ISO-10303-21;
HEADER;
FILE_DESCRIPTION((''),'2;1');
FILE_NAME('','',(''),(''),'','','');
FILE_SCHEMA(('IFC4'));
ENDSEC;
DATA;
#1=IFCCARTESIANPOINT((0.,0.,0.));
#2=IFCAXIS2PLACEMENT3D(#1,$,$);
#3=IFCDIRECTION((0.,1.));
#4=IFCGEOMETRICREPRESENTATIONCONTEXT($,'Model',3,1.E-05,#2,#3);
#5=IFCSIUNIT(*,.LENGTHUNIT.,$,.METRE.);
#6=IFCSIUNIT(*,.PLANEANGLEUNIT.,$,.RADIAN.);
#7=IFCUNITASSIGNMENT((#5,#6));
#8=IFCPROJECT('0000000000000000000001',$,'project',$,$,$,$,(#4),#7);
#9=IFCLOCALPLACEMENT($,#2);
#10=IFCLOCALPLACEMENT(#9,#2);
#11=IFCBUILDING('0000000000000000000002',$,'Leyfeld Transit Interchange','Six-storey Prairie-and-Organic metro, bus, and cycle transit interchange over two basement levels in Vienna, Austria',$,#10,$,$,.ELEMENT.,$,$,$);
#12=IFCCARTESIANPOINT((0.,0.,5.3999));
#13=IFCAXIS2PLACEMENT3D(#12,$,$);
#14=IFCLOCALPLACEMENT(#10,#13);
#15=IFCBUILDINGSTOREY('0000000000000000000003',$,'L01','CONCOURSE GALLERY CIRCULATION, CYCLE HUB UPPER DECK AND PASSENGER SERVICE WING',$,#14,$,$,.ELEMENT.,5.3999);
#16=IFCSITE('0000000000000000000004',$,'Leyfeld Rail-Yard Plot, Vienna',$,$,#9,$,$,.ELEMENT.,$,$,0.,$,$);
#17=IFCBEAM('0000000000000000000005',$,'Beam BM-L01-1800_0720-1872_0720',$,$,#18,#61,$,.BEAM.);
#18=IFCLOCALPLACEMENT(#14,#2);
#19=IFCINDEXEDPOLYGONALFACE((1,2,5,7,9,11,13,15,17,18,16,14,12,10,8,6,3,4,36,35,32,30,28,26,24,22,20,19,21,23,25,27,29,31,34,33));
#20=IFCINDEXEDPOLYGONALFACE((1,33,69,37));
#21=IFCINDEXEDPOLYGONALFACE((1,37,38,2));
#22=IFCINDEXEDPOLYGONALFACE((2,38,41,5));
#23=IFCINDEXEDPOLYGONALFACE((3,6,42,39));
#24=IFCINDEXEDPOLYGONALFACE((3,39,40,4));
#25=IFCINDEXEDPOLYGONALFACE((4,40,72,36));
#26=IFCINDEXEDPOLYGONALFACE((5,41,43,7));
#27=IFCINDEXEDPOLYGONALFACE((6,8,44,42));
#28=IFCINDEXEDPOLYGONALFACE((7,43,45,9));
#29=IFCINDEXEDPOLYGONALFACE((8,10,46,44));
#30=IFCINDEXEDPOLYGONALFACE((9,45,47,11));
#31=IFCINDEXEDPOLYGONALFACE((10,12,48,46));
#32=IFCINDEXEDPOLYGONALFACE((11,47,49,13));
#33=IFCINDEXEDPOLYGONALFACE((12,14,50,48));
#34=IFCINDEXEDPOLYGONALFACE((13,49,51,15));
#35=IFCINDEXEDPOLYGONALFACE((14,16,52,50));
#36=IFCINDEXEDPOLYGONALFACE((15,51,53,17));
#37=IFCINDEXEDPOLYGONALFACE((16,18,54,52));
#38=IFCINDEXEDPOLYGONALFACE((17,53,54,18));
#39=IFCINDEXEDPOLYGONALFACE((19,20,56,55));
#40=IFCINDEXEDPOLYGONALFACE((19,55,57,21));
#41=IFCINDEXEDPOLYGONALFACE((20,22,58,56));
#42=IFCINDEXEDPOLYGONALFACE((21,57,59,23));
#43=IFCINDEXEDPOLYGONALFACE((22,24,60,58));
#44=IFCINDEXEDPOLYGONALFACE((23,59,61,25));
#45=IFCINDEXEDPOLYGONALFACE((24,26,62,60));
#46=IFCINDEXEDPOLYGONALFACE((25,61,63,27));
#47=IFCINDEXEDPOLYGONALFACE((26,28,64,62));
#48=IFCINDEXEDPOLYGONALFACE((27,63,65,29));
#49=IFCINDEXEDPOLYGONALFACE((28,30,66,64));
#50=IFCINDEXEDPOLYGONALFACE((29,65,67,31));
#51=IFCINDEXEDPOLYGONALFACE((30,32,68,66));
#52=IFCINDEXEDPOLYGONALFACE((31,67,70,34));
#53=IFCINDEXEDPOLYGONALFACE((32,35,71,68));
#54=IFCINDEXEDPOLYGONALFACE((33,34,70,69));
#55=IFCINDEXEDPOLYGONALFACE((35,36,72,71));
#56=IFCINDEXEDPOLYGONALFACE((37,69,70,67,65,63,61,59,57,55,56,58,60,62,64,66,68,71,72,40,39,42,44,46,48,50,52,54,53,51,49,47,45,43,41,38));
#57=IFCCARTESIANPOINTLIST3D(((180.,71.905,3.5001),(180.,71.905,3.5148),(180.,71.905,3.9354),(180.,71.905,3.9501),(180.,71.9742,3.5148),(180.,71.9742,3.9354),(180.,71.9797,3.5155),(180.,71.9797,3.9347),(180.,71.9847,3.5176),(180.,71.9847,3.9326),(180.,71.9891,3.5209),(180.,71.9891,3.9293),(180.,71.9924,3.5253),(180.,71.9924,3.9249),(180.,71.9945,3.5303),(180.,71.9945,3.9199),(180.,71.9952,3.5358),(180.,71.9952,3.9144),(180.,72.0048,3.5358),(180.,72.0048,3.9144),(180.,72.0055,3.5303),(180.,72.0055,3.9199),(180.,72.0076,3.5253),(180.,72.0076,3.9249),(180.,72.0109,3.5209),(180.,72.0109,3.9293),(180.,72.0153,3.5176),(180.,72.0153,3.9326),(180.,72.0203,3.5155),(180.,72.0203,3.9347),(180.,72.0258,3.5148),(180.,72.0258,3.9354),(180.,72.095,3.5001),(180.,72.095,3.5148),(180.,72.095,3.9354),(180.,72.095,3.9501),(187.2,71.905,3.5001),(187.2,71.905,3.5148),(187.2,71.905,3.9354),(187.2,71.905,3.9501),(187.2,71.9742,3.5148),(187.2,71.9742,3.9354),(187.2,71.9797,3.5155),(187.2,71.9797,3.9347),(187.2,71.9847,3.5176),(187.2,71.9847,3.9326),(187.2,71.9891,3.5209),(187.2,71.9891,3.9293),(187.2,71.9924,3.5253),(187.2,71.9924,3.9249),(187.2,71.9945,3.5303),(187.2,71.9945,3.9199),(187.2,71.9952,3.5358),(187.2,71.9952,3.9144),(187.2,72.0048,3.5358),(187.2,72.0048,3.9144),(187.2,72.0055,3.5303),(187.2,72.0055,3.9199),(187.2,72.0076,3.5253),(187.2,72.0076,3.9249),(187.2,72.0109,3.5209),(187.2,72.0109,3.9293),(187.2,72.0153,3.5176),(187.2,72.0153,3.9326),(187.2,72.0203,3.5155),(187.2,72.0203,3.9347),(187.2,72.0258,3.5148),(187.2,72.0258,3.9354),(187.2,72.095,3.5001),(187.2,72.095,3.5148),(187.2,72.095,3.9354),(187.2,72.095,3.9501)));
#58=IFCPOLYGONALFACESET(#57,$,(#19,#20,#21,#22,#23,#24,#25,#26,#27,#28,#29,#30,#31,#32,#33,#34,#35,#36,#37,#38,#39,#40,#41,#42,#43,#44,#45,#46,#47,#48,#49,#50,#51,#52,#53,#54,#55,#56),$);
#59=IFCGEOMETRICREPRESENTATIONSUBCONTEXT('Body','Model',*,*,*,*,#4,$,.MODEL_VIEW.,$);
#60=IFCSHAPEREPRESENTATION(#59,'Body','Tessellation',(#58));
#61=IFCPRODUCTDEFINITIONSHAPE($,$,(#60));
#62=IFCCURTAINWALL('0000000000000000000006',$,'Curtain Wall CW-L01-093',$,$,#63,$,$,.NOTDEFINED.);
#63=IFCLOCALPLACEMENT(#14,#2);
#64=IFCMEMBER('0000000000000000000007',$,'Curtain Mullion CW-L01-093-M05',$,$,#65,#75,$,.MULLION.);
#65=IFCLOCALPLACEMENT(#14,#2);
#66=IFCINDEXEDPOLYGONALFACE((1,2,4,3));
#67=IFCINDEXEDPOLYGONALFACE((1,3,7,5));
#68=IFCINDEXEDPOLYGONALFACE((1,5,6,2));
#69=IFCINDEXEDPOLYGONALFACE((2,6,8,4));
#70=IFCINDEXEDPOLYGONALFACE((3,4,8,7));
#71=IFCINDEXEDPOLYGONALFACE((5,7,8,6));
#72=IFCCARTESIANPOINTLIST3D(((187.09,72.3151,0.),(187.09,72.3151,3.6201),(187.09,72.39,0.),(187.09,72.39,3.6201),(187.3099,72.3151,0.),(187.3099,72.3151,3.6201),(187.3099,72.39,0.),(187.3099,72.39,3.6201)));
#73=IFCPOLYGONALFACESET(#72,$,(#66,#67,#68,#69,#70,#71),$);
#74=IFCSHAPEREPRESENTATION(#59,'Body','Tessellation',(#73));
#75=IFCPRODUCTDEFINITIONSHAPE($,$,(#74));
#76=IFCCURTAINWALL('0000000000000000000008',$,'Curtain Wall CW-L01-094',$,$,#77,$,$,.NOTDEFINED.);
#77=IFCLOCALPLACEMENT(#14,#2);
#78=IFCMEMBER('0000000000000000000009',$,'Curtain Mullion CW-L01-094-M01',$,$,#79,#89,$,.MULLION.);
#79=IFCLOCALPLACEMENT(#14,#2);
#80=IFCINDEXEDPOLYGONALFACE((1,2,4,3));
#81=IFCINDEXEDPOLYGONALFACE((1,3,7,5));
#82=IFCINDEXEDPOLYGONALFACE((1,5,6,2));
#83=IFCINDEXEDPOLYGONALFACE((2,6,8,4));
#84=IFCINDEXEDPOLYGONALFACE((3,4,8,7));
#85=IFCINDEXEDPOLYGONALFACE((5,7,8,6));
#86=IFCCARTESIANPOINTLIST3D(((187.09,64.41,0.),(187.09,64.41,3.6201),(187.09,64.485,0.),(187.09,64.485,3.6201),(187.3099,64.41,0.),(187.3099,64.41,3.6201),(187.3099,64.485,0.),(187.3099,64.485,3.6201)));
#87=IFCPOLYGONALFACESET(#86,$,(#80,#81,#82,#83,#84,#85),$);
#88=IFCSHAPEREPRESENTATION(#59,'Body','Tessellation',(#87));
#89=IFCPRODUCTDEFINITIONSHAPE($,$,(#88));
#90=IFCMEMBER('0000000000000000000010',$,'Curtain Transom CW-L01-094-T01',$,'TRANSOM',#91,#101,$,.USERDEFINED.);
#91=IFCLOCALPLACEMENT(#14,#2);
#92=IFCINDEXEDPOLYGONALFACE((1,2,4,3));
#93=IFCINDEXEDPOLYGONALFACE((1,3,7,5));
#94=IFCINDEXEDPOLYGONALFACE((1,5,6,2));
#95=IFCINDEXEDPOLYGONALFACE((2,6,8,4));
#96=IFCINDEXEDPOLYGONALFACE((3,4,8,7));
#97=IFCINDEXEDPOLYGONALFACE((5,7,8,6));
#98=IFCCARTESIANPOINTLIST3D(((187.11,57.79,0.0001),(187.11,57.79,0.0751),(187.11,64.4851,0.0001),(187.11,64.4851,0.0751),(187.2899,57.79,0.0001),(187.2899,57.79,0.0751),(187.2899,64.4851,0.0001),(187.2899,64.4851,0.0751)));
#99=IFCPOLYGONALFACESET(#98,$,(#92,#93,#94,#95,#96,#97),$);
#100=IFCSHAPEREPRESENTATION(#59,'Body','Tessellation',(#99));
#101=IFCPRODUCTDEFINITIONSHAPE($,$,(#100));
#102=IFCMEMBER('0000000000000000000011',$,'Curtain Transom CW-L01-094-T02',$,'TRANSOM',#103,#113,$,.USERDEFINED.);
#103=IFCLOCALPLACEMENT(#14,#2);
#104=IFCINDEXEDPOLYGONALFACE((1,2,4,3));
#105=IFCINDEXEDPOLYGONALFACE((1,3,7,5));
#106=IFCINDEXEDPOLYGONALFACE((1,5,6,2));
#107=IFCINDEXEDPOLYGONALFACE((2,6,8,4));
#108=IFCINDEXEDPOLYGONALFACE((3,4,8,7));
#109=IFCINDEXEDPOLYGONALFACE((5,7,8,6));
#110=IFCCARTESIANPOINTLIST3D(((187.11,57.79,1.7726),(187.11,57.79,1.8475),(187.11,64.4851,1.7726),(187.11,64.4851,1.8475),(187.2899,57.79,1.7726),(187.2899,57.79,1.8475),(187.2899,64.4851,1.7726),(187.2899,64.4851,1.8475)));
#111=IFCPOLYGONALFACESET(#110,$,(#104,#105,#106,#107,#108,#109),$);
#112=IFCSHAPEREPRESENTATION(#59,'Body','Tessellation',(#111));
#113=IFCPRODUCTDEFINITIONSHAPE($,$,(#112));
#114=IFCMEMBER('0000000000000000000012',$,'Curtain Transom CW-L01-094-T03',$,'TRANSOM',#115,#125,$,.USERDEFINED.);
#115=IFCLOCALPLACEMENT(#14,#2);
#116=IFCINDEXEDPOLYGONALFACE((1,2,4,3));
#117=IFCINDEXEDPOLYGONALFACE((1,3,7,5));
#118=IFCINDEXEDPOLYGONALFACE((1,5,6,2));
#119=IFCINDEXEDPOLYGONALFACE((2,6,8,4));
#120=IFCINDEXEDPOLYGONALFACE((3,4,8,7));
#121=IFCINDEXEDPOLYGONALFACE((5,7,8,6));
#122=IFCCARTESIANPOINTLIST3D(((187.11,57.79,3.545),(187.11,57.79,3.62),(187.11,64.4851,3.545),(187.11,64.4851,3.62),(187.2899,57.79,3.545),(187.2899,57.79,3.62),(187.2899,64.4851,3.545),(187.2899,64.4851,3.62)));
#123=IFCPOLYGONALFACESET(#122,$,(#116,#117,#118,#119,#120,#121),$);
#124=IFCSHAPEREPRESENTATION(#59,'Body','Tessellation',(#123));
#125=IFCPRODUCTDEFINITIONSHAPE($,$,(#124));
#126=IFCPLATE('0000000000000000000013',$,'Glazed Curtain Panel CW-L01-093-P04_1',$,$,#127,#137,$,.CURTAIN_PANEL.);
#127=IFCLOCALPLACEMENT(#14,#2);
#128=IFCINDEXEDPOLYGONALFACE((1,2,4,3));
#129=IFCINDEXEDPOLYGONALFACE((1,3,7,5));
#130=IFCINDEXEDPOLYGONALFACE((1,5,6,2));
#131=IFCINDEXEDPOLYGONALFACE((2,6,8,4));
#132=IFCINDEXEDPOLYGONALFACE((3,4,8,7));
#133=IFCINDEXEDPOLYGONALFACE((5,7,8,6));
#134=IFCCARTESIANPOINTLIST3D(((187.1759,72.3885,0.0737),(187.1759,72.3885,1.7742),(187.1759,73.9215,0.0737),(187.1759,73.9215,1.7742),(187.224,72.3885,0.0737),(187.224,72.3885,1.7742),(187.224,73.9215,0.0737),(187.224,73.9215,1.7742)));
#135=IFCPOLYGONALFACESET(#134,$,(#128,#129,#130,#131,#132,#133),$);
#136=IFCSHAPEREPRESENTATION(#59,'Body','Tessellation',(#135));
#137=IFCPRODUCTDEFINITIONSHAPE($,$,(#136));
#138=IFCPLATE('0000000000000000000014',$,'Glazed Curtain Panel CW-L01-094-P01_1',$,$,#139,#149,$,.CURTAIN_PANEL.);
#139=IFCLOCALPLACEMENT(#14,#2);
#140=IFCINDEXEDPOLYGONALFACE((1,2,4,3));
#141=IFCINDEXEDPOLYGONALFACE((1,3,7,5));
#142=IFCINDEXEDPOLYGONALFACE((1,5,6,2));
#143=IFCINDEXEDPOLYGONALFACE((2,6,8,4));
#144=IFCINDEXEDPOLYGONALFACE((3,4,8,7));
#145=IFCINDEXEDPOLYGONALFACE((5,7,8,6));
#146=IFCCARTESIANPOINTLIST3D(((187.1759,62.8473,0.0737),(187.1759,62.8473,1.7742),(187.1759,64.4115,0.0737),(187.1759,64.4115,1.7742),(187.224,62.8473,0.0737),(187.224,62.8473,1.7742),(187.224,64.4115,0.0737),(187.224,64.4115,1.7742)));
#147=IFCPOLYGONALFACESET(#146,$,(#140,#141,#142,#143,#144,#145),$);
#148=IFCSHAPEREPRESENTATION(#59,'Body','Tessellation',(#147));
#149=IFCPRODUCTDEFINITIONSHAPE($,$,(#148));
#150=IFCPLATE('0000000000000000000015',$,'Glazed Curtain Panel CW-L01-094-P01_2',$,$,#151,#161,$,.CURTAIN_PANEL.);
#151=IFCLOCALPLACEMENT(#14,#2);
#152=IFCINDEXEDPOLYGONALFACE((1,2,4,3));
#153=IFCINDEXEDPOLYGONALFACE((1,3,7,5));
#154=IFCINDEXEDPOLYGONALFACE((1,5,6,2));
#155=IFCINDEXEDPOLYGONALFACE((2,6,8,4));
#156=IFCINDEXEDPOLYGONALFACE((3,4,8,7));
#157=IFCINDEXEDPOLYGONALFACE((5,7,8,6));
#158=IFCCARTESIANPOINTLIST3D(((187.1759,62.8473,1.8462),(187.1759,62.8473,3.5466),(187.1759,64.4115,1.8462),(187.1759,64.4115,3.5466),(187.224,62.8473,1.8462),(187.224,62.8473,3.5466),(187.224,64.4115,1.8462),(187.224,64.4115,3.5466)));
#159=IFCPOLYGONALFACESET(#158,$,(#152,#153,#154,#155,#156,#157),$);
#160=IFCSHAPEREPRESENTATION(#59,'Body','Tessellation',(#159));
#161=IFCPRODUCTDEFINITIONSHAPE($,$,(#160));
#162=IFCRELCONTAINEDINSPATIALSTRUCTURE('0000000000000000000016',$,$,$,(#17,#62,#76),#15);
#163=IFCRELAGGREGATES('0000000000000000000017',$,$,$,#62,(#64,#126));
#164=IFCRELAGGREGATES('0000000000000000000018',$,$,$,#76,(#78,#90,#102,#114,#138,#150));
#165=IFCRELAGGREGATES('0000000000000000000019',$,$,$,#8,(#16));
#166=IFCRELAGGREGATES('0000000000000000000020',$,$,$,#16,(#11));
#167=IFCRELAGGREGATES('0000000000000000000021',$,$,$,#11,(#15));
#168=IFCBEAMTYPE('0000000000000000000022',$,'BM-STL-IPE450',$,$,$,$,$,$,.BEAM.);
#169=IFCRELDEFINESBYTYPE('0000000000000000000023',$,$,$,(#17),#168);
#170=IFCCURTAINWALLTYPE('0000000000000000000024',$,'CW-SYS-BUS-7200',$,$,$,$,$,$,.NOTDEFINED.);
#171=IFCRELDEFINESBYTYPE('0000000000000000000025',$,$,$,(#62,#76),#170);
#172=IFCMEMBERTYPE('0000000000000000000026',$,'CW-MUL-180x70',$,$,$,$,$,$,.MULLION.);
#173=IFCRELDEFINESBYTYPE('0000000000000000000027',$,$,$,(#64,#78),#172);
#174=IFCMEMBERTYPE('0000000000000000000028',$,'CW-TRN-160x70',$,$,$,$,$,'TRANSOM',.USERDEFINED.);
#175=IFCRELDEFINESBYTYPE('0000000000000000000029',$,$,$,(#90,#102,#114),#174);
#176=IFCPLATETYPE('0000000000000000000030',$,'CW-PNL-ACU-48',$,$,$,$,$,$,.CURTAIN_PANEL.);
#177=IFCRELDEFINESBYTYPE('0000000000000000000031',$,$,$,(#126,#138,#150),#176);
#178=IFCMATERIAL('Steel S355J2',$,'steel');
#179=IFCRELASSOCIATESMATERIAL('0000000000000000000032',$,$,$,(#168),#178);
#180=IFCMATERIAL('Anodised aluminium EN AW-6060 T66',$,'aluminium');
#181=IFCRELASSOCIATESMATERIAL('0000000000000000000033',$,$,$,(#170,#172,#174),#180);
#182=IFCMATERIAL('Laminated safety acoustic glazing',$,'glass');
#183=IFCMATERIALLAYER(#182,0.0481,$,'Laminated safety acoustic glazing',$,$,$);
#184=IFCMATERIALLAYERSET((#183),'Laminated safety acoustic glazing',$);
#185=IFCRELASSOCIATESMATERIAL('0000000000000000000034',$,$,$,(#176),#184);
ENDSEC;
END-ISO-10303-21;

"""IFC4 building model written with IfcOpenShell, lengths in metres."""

from ifc_helpers import new_model, si_unit, direction, frame, origin, origin_2d, place, context, subcontext, project, spatial, rectangle, i_section, extrude, material, layer, layer_set, material_profile, profile_set, type_object, element, aggregate, save


model = new_model("IFC4")

# Units and contexts
model_context = context("Model", 3, precision=1e-05, world=origin(), true_north=direction((0.0, 1.0)))
body_context = subcontext(model_context, "Body", "Model", "MODEL_VIEW")
ifc_project = project(units=[si_unit("LENGTHUNIT", "METRE"), si_unit("PLANEANGLEUNIT", "RADIAN")], contexts=[model_context])

# Site, building, storey
site_placement = place(None, origin())
site = spatial("IfcSite", under=ifc_project, at=site_placement, Name="Leyfeld Rail-Yard Plot, Vienna", CompositionType="ELEMENT", RefElevation=0.0)
building_placement = place(site_placement, origin())
building = spatial("IfcBuilding", under=site, at=building_placement, Name="Leyfeld Transit Interchange", Description="Six-storey Prairie-and-Organic metro, bus, and cycle transit interchange over two basement levels in Vienna, Austria", CompositionType="ELEMENT")
storey_placement = place(building_placement, frame((0.0, 0.0, 5.3999)))
storey = spatial("IfcBuildingStorey", under=building, at=storey_placement, Name="L01", Description="CONCOURSE GALLERY CIRCULATION, CYCLE HUB UPPER DECK AND PASSENGER SERVICE WING", CompositionType="ELEMENT", Elevation=5.3999)

# Beam
ifc_material_1 = material(Name="Steel S355J2", Category="steel")
ifc_material_profile_1 = material_profile(ifc_material_1, i_section(OverallWidth=0.1899, OverallDepth=0.45, WebThickness=0.0095, FlangeThickness=0.0146, FilletRadius=0.021, at=origin_2d()), Name="IPE 450")
ifc_profile_set_1 = profile_set([ifc_material_profile_1], Name="Steel S355J2")
beam_type_1 = type_object("IfcBeamType", Name="BM-STL-IPE450", PredefinedType="BEAM", material=ifc_profile_set_1)
for number, where, z_axis, x_axis, name in (
    (1, (180.0, 72.0, 3.7251), (1.0, 0.0, 0.0), (0.0, 1.0, 0.0), "Beam BM-L01-1800_0720-1872_0720"),
):
    element("IfcBeam", number, at=place(storey_placement, frame(where, z_axis=z_axis, x_axis=x_axis)), inside=storey, type_object=beam_type_1, Name=name, PredefinedType="BEAM", context=body_context, shape_type="SweptSolid", body=[
        extrude(i_section(OverallWidth=0.1899, OverallDepth=0.45, WebThickness=0.0095, FlangeThickness=0.0146, FilletRadius=0.021, at=origin_2d()), origin(), (0.0, 0.0, 1.0), 7.2),
    ])

# Curtain wall, member
ifc_material_2 = material(Name="Anodised aluminium EN AW-6060 T66", Category="aluminium")
curtain_wall_type = type_object("IfcCurtainWallType", Name="CW-SYS-BUS-7200", PredefinedType="NOTDEFINED", material=ifc_material_2)
curtain_wall_1_placement = place(storey_placement, origin())
curtain_wall_1 = element("IfcCurtainWall", 2, at=curtain_wall_1_placement, inside=storey, type_object=curtain_wall_type, Name="Curtain Wall CW-L01-093", PredefinedType="NOTDEFINED")
ifc_material_profile_2 = material_profile(ifc_material_2, rectangle(XDim=0.075, YDim=0.22, at=origin_2d()), Name="CW-M 75x220")
ifc_profile_set_2 = profile_set([ifc_material_profile_2], Name="Anodised aluminium EN AW-6060 T66")
member_type_1 = type_object("IfcMemberType", Name="CW-MUL-180x70", PredefinedType="MULLION", material=ifc_profile_set_2)
member_1_placement = place(storey_placement, frame((187.2, 72.3525, 0.0), z_axis=(0.0, 0.0, 1.0), x_axis=(0.0, -1.0, 0.0)))
member_1 = element("IfcMember", 3, at=member_1_placement, type_object=member_type_1, Name="Curtain Mullion CW-L01-093-M05", PredefinedType="MULLION", context=body_context, shape_type="SweptSolid", body=[
    extrude(rectangle(XDim=0.075, YDim=0.22, at=origin_2d()), origin(), (0.0, 0.0, 1.0), 3.6201),
])

# Curtain wall, members
curtain_wall_2_placement = place(storey_placement, origin())
curtain_wall_2 = element("IfcCurtainWall", 4, at=curtain_wall_2_placement, inside=storey, type_object=curtain_wall_type, Name="Curtain Wall CW-L01-094", PredefinedType="NOTDEFINED")
member_2_placement = place(storey_placement, frame((187.2, 64.4475, 0.0), z_axis=(0.0, 0.0, 1.0), x_axis=(0.0, -1.0, 0.0)))
member_2 = element("IfcMember", 5, at=member_2_placement, type_object=member_type_1, Name="Curtain Mullion CW-L01-094-M01", PredefinedType="MULLION", context=body_context, shape_type="SweptSolid", body=[
    extrude(rectangle(XDim=0.075, YDim=0.22, at=origin_2d()), origin(), (0.0, 0.0, 1.0), 3.6201),
])
ifc_material_profile_3 = material_profile(ifc_material_2, rectangle(XDim=0.1799, YDim=0.075, at=origin_2d()), Name="CW-TRN-160x70")
ifc_profile_set_3 = profile_set([ifc_material_profile_3], Name="Anodised aluminium EN AW-6060 T66")
member_type_2 = type_object("IfcMemberType", Name="CW-TRN-160x70", ElementType="TRANSOM", PredefinedType="USERDEFINED", material=ifc_profile_set_3)
member_3_placement = place(storey_placement, frame((187.2, 64.4851, 0.0376), z_axis=(0.0, -1.0, 0.0), x_axis=(1.0, 0.0, 0.0)))
member_3 = element("IfcMember", 6, at=member_3_placement, type_object=member_type_2, Name="Curtain Transom CW-L01-094-T01", ObjectType="TRANSOM", PredefinedType="USERDEFINED", context=body_context, shape_type="SweptSolid", body=[
    extrude(rectangle(XDim=0.1799, YDim=0.075, at=origin_2d()), origin(), (0.0, 0.0, 1.0), 6.6951),
])
member_4_placement = place(storey_placement, frame((187.2, 64.4851, 1.8101), z_axis=(0.0, -1.0, 0.0), x_axis=(1.0, 0.0, 0.0)))
member_4 = element("IfcMember", 7, at=member_4_placement, type_object=member_type_2, Name="Curtain Transom CW-L01-094-T02", ObjectType="TRANSOM", PredefinedType="USERDEFINED", context=body_context, shape_type="SweptSolid", body=[
    extrude(rectangle(XDim=0.1799, YDim=0.075, at=origin_2d()), origin(), (0.0, 0.0, 1.0), 6.6951),
])
member_5_placement = place(storey_placement, frame((187.2, 64.4851, 3.5825), z_axis=(0.0, -1.0, 0.0), x_axis=(1.0, 0.0, 0.0)))
member_5 = element("IfcMember", 8, at=member_5_placement, type_object=member_type_2, Name="Curtain Transom CW-L01-094-T03", ObjectType="TRANSOM", PredefinedType="USERDEFINED", context=body_context, shape_type="SweptSolid", body=[
    extrude(rectangle(XDim=0.1799, YDim=0.075, at=origin_2d()), origin(), (0.0, 0.0, 1.0), 6.6951),
])

# Plates
ifc_material_3 = material(Name="Laminated safety acoustic glazing", Category="glass")
ifc_layer_1 = layer(ifc_material_3, 0.0481, Name="Laminated safety acoustic glazing")
ifc_layer_set_1 = layer_set([ifc_layer_1], Name="Laminated safety acoustic glazing")
plate_type = type_object("IfcPlateType", Name="CW-PNL-ACU-48", PredefinedType="CURTAIN_PANEL", material=ifc_layer_set_1)
plate_1_placement = place(storey_placement, frame((187.2, 73.155, 0.0737), z_axis=(0.0, 0.0, 1.0), x_axis=(0.0, -1.0, 0.0)))
plate_1 = element("IfcPlate", 9, at=plate_1_placement, type_object=plate_type, Name="Glazed Curtain Panel CW-L01-093-P04_1", PredefinedType="CURTAIN_PANEL", context=body_context, shape_type="SweptSolid", body=[
    extrude(rectangle(XDim=1.533, YDim=0.0481, at=origin_2d()), origin(), (0.0, 0.0, 1.0), 1.7004),
])
aggregate(curtain_wall_1, [member_1, plate_1])
plate_2_placement = place(storey_placement, frame((187.2, 63.6294, 0.0737), z_axis=(0.0, 0.0, 1.0), x_axis=(0.0, -1.0, 0.0)))
plate_2 = element("IfcPlate", 10, at=plate_2_placement, type_object=plate_type, Name="Glazed Curtain Panel CW-L01-094-P01_1", PredefinedType="CURTAIN_PANEL", context=body_context, shape_type="SweptSolid", body=[
    extrude(rectangle(XDim=1.5642, YDim=0.0481, at=origin_2d()), origin(), (0.0, 0.0, 1.0), 1.7004),
])
plate_3_placement = place(storey_placement, frame((187.2, 63.6294, 1.8462), z_axis=(0.0, 0.0, 1.0), x_axis=(0.0, -1.0, 0.0)))
plate_3 = element("IfcPlate", 11, at=plate_3_placement, type_object=plate_type, Name="Glazed Curtain Panel CW-L01-094-P01_2", PredefinedType="CURTAIN_PANEL", context=body_context, shape_type="SweptSolid", body=[
    extrude(rectangle(XDim=1.5642, YDim=0.0481, at=origin_2d()), origin(), (0.0, 0.0, 1.0), 1.7004),
])
aggregate(curtain_wall_2, [member_2, member_3, member_4, member_5, plate_2, plate_3])

save(model, "model.ifc")
